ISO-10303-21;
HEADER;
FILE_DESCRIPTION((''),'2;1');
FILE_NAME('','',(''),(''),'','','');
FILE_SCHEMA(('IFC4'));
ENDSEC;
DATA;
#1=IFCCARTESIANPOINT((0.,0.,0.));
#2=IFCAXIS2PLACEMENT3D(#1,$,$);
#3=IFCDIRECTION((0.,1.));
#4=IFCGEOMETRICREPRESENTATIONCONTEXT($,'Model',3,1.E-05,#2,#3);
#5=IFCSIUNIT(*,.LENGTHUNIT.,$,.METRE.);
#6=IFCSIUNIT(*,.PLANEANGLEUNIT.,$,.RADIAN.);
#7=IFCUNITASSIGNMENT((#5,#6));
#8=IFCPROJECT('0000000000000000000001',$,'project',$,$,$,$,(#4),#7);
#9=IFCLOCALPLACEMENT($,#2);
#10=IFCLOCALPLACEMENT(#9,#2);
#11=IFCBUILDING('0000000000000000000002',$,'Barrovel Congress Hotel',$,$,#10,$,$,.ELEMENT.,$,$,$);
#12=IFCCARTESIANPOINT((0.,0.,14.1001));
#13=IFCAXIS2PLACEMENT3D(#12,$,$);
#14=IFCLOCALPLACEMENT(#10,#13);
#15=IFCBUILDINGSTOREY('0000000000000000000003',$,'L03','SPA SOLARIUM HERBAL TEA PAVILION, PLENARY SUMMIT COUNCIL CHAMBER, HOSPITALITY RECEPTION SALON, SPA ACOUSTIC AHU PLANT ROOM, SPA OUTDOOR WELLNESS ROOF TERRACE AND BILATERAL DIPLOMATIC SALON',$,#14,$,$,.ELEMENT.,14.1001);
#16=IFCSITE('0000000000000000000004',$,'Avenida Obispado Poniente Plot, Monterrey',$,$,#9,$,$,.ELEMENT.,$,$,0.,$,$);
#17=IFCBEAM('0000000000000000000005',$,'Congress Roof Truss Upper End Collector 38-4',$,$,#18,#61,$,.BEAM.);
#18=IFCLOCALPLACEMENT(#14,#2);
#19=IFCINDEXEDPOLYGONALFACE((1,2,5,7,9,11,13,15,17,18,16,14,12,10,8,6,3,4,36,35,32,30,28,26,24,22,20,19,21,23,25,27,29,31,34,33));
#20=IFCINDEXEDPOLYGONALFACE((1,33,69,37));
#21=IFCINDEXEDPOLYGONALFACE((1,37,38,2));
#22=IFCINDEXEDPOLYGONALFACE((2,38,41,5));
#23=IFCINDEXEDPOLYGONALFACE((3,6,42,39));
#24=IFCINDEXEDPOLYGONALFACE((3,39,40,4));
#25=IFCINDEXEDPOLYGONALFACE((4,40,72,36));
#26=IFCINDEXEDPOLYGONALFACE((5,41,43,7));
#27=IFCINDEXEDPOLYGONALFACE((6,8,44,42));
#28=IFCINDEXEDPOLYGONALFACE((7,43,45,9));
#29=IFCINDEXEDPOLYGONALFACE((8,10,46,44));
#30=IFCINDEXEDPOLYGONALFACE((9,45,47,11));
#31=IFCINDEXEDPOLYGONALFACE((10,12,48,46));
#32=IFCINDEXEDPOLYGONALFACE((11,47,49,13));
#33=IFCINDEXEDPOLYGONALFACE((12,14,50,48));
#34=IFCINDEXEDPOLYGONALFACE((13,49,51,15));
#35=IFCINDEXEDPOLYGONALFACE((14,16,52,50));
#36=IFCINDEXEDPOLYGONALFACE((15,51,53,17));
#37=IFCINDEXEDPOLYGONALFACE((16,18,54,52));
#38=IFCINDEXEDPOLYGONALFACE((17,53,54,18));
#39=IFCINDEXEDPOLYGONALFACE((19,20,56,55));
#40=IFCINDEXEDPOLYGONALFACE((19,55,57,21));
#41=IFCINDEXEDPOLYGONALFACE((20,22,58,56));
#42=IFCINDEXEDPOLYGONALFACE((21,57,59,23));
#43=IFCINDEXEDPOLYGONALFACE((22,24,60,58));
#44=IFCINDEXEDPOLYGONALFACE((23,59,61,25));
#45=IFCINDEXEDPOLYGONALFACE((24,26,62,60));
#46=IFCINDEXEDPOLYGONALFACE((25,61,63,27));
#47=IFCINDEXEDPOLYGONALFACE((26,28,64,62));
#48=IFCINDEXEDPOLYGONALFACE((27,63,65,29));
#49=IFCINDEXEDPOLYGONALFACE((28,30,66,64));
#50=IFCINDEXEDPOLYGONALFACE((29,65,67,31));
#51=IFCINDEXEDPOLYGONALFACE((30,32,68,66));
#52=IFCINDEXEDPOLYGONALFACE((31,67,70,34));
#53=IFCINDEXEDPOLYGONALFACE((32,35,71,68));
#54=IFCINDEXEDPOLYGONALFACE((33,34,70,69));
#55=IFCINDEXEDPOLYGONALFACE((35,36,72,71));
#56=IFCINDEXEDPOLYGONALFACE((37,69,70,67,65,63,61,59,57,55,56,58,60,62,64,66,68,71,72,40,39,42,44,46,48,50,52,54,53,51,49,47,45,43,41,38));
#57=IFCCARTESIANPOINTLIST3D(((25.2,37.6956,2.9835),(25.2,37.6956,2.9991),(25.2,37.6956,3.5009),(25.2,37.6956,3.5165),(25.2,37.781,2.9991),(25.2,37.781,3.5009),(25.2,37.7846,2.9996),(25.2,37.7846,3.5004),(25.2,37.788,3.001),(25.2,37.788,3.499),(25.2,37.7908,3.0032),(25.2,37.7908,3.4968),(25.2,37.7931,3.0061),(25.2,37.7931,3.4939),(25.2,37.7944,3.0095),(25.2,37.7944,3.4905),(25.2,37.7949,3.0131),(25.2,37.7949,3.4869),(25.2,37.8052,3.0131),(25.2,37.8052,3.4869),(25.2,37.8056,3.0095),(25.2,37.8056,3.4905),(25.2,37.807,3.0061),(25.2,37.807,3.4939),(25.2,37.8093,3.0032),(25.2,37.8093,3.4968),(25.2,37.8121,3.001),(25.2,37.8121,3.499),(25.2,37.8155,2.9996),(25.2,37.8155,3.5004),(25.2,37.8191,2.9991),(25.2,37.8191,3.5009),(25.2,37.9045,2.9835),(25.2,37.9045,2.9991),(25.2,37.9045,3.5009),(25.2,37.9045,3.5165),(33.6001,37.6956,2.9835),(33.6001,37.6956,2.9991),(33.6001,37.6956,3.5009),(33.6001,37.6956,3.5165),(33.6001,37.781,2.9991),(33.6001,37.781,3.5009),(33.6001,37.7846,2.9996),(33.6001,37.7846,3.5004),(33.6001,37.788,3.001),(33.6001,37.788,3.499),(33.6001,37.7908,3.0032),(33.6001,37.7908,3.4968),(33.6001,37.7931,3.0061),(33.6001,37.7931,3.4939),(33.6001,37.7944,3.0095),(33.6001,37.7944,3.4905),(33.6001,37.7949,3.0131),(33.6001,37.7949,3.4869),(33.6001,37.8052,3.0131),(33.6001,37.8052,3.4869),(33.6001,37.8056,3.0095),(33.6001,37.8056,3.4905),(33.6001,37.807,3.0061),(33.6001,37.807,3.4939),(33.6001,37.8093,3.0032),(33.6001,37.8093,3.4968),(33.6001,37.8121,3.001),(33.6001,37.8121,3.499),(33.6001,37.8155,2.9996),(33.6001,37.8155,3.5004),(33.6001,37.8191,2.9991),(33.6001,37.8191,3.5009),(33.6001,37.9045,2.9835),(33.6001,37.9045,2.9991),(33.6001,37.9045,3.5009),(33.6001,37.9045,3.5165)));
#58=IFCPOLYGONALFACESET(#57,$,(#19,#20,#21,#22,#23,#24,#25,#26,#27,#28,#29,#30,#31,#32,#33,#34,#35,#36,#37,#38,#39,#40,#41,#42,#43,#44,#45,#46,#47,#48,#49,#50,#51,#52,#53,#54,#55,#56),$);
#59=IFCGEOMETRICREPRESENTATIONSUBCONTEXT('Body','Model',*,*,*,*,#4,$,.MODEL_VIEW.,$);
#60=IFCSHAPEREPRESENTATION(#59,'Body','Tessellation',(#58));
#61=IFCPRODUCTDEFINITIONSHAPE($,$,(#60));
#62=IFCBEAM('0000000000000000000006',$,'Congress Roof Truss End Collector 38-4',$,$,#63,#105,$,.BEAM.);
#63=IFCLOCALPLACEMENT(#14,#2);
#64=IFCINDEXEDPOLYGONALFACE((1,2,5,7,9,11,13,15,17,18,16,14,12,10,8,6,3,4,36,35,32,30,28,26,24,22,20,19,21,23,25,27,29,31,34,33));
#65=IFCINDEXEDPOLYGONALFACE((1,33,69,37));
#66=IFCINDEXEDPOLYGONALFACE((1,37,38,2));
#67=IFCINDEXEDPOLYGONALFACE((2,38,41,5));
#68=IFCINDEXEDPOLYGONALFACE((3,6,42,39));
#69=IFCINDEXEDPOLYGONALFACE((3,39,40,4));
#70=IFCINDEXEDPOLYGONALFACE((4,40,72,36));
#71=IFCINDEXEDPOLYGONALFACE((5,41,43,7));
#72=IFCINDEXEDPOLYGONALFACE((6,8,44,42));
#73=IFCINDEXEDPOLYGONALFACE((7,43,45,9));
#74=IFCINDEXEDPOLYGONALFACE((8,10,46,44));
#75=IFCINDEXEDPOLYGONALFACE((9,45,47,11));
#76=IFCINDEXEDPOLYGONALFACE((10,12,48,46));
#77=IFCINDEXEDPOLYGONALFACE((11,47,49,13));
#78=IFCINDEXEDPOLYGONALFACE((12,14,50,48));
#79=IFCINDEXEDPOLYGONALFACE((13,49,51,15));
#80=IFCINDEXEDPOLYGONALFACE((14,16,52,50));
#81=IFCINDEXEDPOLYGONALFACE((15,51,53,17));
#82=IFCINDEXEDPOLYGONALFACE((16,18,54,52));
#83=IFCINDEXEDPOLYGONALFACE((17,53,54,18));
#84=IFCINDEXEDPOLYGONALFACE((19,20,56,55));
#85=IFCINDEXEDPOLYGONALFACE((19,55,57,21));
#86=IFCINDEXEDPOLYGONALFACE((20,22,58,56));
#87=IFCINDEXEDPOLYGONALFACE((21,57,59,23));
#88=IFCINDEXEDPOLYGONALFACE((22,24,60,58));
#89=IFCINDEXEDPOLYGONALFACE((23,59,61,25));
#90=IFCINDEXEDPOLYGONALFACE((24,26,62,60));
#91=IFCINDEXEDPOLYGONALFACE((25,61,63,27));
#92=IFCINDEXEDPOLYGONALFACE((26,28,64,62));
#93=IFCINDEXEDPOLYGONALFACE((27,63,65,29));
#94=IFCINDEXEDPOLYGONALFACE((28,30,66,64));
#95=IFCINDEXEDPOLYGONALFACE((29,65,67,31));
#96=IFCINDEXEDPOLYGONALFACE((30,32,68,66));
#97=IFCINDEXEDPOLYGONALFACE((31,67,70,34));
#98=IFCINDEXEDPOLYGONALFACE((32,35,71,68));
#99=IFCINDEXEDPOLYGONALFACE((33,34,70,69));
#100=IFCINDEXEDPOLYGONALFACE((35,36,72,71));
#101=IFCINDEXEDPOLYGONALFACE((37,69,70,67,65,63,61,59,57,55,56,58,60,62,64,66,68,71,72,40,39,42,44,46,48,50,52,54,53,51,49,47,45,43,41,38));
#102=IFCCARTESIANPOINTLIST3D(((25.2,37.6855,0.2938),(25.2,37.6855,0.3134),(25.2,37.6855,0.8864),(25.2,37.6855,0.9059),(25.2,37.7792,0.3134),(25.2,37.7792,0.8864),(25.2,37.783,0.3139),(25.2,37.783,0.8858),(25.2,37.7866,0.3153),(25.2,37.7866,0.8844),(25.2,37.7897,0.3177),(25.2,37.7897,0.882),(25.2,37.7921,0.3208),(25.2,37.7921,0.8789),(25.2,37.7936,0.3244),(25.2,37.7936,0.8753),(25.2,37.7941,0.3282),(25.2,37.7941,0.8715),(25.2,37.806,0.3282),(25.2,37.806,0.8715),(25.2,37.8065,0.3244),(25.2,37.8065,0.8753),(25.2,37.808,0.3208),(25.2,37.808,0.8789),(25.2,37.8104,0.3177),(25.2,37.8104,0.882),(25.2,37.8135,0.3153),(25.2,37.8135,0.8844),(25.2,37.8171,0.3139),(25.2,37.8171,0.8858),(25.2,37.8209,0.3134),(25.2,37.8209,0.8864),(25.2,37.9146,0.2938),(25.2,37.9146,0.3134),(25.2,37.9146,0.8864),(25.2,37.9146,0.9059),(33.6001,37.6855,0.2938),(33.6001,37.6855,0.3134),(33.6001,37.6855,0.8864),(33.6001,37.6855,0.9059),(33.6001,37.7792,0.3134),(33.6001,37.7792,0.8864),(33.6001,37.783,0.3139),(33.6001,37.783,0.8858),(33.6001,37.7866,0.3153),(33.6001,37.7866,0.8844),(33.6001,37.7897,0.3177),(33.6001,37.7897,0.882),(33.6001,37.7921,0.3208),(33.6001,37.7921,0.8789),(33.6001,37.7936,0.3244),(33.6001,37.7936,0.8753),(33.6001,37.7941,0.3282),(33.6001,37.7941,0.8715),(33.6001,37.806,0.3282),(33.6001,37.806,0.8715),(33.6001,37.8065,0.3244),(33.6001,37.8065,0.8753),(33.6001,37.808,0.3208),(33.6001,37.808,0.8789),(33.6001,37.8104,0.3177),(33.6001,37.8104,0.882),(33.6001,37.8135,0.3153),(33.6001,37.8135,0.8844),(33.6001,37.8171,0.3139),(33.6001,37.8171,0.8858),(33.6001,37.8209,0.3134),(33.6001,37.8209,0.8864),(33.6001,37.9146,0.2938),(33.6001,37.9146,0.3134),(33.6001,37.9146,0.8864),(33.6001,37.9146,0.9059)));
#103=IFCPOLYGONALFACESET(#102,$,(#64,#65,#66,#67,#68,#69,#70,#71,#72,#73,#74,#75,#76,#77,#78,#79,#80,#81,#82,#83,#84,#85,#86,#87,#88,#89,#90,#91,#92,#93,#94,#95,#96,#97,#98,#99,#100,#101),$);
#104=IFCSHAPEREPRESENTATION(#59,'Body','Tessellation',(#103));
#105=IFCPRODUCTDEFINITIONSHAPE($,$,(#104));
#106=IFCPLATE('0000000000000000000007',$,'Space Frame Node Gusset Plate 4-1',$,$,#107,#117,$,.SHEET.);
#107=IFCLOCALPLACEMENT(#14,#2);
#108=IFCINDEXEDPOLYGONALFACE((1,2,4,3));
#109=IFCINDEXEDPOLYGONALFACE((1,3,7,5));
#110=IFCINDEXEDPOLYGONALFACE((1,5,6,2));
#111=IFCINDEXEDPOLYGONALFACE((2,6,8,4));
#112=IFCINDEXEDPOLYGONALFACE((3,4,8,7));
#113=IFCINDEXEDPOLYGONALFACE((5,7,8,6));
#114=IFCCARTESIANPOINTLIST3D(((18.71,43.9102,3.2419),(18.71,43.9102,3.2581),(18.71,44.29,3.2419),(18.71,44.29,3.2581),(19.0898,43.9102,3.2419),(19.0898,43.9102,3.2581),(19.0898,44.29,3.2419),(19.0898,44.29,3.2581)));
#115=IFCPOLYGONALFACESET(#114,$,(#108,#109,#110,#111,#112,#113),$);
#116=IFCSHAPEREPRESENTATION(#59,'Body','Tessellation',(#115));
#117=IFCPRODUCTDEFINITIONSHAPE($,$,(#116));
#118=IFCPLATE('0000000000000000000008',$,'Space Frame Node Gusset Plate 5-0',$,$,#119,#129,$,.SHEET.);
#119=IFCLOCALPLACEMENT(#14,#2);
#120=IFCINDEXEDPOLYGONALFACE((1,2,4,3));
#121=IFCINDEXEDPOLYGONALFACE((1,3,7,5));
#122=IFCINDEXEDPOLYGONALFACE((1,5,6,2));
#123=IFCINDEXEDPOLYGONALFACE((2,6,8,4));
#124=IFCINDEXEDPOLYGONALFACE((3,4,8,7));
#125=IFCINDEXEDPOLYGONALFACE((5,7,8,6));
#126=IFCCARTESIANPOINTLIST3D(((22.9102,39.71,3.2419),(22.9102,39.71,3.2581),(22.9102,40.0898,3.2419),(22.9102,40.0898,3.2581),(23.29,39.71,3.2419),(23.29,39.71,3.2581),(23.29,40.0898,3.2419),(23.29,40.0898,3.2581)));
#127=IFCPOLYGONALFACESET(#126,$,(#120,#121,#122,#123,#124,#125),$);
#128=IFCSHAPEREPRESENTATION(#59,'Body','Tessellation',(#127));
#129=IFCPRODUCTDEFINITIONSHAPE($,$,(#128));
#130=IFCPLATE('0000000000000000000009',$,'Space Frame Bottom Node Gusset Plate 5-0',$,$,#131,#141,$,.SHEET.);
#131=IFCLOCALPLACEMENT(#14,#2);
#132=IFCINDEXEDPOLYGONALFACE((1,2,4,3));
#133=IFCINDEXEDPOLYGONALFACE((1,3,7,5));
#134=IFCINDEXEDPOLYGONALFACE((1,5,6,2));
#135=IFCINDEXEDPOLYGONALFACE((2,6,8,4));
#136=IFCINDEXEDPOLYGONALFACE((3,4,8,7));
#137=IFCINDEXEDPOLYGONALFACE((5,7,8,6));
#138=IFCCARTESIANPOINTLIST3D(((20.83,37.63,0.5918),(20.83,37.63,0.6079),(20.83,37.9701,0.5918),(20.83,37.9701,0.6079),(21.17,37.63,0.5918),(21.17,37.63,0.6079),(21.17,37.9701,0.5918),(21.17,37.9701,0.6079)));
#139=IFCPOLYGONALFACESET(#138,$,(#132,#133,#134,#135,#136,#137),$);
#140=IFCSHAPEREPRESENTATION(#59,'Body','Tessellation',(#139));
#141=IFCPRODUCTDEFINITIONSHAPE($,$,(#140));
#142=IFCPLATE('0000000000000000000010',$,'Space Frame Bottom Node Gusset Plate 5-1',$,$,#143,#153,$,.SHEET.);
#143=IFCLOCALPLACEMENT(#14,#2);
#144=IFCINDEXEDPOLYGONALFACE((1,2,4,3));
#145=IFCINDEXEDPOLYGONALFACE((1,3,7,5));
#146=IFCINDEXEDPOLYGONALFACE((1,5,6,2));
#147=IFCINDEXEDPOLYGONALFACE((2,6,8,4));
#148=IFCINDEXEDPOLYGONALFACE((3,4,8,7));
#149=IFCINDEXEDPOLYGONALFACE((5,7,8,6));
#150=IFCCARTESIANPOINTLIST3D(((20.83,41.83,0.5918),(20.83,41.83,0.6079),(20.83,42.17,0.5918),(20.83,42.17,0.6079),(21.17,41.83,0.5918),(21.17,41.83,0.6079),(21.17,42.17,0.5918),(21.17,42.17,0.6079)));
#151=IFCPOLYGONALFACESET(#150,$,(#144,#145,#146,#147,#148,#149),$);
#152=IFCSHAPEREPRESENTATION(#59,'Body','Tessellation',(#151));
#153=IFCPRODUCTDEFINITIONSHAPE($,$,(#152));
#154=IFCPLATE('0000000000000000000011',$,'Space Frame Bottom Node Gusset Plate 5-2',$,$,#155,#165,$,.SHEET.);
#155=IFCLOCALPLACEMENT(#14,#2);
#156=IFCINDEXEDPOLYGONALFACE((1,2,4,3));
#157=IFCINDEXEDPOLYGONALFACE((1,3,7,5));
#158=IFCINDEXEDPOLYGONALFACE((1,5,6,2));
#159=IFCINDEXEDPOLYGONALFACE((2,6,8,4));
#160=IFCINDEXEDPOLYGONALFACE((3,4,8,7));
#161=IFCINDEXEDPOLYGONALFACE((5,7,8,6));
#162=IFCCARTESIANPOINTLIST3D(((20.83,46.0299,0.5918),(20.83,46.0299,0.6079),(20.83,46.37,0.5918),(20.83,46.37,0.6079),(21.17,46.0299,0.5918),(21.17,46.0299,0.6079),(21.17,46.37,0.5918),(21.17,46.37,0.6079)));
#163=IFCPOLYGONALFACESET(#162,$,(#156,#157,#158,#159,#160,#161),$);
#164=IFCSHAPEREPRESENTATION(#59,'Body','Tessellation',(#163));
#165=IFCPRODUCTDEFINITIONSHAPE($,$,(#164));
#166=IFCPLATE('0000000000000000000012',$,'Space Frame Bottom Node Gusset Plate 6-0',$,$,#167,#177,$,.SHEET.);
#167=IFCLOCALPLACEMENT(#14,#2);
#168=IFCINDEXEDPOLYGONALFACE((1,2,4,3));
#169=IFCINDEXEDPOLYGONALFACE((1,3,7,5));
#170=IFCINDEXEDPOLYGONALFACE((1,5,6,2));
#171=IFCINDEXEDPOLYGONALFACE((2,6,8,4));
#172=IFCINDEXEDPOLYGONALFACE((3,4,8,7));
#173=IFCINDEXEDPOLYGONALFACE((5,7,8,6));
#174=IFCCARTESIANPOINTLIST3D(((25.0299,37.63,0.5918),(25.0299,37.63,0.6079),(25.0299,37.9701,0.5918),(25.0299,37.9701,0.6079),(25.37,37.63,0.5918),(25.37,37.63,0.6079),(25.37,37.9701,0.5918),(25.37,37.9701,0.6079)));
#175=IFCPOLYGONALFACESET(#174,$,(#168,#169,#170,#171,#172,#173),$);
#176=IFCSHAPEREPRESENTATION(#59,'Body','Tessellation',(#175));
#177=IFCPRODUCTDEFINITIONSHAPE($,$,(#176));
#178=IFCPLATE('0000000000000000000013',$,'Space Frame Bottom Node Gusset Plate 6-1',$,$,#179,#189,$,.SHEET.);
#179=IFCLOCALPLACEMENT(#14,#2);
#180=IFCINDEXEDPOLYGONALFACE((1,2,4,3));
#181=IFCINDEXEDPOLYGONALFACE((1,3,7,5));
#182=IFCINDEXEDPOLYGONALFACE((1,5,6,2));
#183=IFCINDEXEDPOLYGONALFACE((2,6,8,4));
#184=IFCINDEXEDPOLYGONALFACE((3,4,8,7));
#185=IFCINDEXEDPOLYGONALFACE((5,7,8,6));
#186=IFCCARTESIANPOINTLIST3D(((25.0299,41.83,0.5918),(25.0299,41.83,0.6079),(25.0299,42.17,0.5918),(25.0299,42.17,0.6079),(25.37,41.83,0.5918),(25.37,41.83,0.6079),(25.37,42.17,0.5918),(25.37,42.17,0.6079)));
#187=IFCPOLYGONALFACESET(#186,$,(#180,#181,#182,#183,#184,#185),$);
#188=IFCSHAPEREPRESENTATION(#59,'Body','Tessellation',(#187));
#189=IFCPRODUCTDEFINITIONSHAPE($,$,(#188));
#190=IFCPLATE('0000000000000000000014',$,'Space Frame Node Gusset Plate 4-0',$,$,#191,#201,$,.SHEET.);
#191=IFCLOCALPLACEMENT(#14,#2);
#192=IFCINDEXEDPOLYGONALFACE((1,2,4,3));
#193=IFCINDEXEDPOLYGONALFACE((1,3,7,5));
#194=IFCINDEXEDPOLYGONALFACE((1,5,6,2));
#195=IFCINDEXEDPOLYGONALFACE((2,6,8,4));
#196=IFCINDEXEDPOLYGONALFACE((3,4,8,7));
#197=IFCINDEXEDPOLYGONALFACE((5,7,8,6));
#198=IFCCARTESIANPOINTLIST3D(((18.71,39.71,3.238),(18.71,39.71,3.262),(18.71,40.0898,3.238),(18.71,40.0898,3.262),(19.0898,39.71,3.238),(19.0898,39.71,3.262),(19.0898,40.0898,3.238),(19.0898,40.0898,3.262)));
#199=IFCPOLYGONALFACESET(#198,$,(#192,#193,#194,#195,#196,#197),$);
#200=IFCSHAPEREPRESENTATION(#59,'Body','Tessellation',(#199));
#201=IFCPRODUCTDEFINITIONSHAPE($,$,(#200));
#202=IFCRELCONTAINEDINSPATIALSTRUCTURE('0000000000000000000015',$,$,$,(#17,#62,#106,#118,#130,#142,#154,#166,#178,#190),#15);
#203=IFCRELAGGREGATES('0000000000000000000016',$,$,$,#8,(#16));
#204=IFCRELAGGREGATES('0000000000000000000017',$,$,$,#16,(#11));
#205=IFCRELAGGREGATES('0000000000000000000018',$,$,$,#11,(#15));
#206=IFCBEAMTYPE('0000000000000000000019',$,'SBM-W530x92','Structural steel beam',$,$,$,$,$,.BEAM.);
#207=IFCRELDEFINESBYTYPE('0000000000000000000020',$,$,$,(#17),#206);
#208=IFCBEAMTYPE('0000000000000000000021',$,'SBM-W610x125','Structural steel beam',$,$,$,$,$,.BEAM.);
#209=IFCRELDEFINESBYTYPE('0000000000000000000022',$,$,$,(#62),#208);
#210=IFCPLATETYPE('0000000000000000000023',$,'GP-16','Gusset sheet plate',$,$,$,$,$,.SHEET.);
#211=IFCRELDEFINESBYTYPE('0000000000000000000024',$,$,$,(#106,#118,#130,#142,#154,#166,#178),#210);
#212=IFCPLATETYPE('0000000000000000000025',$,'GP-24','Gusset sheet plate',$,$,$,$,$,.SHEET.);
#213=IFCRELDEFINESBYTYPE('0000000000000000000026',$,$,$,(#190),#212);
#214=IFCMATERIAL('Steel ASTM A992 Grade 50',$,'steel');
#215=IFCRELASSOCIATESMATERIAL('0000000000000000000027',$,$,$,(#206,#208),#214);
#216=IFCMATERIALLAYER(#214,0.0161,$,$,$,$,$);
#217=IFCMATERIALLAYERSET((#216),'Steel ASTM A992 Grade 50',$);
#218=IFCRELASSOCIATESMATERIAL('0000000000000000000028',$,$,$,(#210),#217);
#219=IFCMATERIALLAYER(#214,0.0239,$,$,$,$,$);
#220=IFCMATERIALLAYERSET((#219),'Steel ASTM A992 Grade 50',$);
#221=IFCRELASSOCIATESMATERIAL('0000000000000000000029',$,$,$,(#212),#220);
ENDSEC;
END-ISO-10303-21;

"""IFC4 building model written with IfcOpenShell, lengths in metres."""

from ifc_helpers import new_model, si_unit, direction, frame, origin, origin_2d, place, context, subcontext, project, spatial, rectangle, i_section, extrude, material, layer, layer_set, material_profile, profile_set, type_object, element, save


model = new_model("IFC4")

# Units and contexts
model_context = context("Model", 3, precision=1e-05, world=origin(), true_north=direction((0.0, 1.0)))
body_context = subcontext(model_context, "Body", "Model", "MODEL_VIEW")
ifc_project = project(units=[si_unit("LENGTHUNIT", "METRE"), si_unit("PLANEANGLEUNIT", "RADIAN")], contexts=[model_context])

# Site, building, storey
site_placement = place(None, origin())
site = spatial("IfcSite", under=ifc_project, at=site_placement, Name="Avenida Obispado Poniente Plot, Monterrey", CompositionType="ELEMENT", RefElevation=0.0)
building_placement = place(site_placement, origin())
building = spatial("IfcBuilding", under=site, at=building_placement, Name="Barrovel Congress Hotel", CompositionType="ELEMENT")
storey_placement = place(building_placement, frame((0.0, 0.0, 14.1001)))
storey = spatial("IfcBuildingStorey", under=building, at=storey_placement, Name="L03", Description="SPA SOLARIUM HERBAL TEA PAVILION, PLENARY SUMMIT COUNCIL CHAMBER, HOSPITALITY RECEPTION SALON, SPA ACOUSTIC AHU PLANT ROOM, SPA OUTDOOR WELLNESS ROOF TERRACE AND BILATERAL DIPLOMATIC SALON", CompositionType="ELEMENT", Elevation=14.1001)

# Beams
ifc_material_1 = material(Name="Steel ASTM A992 Grade 50", Category="steel")
ifc_material_profile_1 = material_profile(ifc_material_1, i_section(OverallWidth=0.209, OverallDepth=0.533, WebThickness=0.0103, FlangeThickness=0.0156, FilletRadius=0.0139, at=origin_2d()), Name="W530x92")
ifc_profile_set_1 = profile_set([ifc_material_profile_1], Name="Steel ASTM A992 Grade 50")
beam_type_1 = type_object("IfcBeamType", Name="SBM-W530x92", Description="Structural steel beam", PredefinedType="BEAM", material=ifc_profile_set_1)
beam_1_placement = place(storey_placement, frame((25.2, 37.8, 3.25), z_axis=(1.0, 0.0, 0.0), x_axis=(0.0, 1.0, 0.0)))
element("IfcBeam", 1, at=beam_1_placement, inside=storey, type_object=beam_type_1, Name="Congress Roof Truss Upper End Collector 38-4", PredefinedType="BEAM", context=body_context, shape_type="SweptSolid", body=[
    extrude(i_section(OverallWidth=0.209, OverallDepth=0.533, WebThickness=0.0103, FlangeThickness=0.0156, FilletRadius=0.0139, at=origin_2d()), origin(), (0.0, 0.0, 1.0), 8.4001),
])
ifc_material_profile_2 = material_profile(ifc_material_1, i_section(OverallWidth=0.229, OverallDepth=0.6121, WebThickness=0.012, FlangeThickness=0.0195, FilletRadius=0.0149, at=origin_2d()), Name="W610x125")
ifc_profile_set_2 = profile_set([ifc_material_profile_2], Name="Steel ASTM A992 Grade 50")
beam_type_2 = type_object("IfcBeamType", Name="SBM-W610x125", Description="Structural steel beam", PredefinedType="BEAM", material=ifc_profile_set_2)
beam_2_placement = place(storey_placement, frame((25.2, 37.8, 0.5999), z_axis=(1.0, 0.0, 0.0), x_axis=(0.0, 1.0, 0.0)))
element("IfcBeam", 2, at=beam_2_placement, inside=storey, type_object=beam_type_2, Name="Congress Roof Truss End Collector 38-4", PredefinedType="BEAM", context=body_context, shape_type="SweptSolid", body=[
    extrude(i_section(OverallWidth=0.229, OverallDepth=0.6121, WebThickness=0.012, FlangeThickness=0.0195, FilletRadius=0.0149, at=origin_2d()), origin(), (0.0, 0.0, 1.0), 8.4001),
])

# Plates
ifc_layer_1 = layer(ifc_material_1, 0.0161)
ifc_layer_set_1 = layer_set([ifc_layer_1], Name="Steel ASTM A992 Grade 50")
plate_type_1 = type_object("IfcPlateType", Name="GP-16", Description="Gusset sheet plate", PredefinedType="SHEET", material=ifc_layer_set_1)
for number, where, z_axis, x_axis, name in (
    (3, (18.8999, 44.1001, 3.2419), (0.0, 0.0, 1.0), (1.0, 0.0, 0.0), "Space Frame Node Gusset Plate 4-1"),
    (4, (23.1001, 39.8999, 3.2419), (0.0, 0.0, 1.0), (1.0, 0.0, 0.0), "Space Frame Node Gusset Plate 5-0"),
):
    element("IfcPlate", number, at=place(storey_placement, frame(where, z_axis=z_axis, x_axis=x_axis)), inside=storey, type_object=plate_type_1, Name=name, PredefinedType="SHEET", context=body_context, shape_type="SweptSolid", body=[
        extrude(rectangle(XDim=0.3799, YDim=0.3799, at=origin_2d()), origin(), (0.0, 0.0, 1.0), 0.0161),
    ])
for number, where, z_axis, x_axis, name in (
    (5, (21.0, 37.8, 0.5918), (0.0, 0.0, 1.0), (1.0, 0.0, 0.0), "Space Frame Bottom Node Gusset Plate 5-0"),
    (6, (21.0, 42.0, 0.5918), (0.0, 0.0, 1.0), (1.0, 0.0, 0.0), "Space Frame Bottom Node Gusset Plate 5-1"),
    (7, (21.0, 46.2, 0.5918), (0.0, 0.0, 1.0), (1.0, 0.0, 0.0), "Space Frame Bottom Node Gusset Plate 5-2"),
    (8, (25.2, 37.8, 0.5918), (0.0, 0.0, 1.0), (1.0, 0.0, 0.0), "Space Frame Bottom Node Gusset Plate 6-0"),
    (9, (25.2, 42.0, 0.5918), (0.0, 0.0, 1.0), (1.0, 0.0, 0.0), "Space Frame Bottom Node Gusset Plate 6-1"),
):
    element("IfcPlate", number, at=place(storey_placement, frame(where, z_axis=z_axis, x_axis=x_axis)), inside=storey, type_object=plate_type_1, Name=name, PredefinedType="SHEET", context=body_context, shape_type="SweptSolid", body=[
        extrude(rectangle(XDim=0.3401, YDim=0.3401, at=origin_2d()), origin(), (0.0, 0.0, 1.0), 0.0161),
    ])
ifc_layer_2 = layer(ifc_material_1, 0.0239)
ifc_layer_set_2 = layer_set([ifc_layer_2], Name="Steel ASTM A992 Grade 50")
plate_type_2 = type_object("IfcPlateType", Name="GP-24", Description="Gusset sheet plate", PredefinedType="SHEET", material=ifc_layer_set_2)
for number, where, z_axis, x_axis, name in (
    (10, (18.8999, 39.8999, 3.238), (0.0, 0.0, 1.0), (1.0, 0.0, 0.0), "Space Frame Node Gusset Plate 4-0"),
):
    element("IfcPlate", number, at=place(storey_placement, frame(where, z_axis=z_axis, x_axis=x_axis)), inside=storey, type_object=plate_type_2, Name=name, PredefinedType="SHEET", context=body_context, shape_type="SweptSolid", body=[
        extrude(rectangle(XDim=0.3799, YDim=0.3799, at=origin_2d()), origin(), (0.0, 0.0, 1.0), 0.0239),
    ])

save(model, "model.ifc")
